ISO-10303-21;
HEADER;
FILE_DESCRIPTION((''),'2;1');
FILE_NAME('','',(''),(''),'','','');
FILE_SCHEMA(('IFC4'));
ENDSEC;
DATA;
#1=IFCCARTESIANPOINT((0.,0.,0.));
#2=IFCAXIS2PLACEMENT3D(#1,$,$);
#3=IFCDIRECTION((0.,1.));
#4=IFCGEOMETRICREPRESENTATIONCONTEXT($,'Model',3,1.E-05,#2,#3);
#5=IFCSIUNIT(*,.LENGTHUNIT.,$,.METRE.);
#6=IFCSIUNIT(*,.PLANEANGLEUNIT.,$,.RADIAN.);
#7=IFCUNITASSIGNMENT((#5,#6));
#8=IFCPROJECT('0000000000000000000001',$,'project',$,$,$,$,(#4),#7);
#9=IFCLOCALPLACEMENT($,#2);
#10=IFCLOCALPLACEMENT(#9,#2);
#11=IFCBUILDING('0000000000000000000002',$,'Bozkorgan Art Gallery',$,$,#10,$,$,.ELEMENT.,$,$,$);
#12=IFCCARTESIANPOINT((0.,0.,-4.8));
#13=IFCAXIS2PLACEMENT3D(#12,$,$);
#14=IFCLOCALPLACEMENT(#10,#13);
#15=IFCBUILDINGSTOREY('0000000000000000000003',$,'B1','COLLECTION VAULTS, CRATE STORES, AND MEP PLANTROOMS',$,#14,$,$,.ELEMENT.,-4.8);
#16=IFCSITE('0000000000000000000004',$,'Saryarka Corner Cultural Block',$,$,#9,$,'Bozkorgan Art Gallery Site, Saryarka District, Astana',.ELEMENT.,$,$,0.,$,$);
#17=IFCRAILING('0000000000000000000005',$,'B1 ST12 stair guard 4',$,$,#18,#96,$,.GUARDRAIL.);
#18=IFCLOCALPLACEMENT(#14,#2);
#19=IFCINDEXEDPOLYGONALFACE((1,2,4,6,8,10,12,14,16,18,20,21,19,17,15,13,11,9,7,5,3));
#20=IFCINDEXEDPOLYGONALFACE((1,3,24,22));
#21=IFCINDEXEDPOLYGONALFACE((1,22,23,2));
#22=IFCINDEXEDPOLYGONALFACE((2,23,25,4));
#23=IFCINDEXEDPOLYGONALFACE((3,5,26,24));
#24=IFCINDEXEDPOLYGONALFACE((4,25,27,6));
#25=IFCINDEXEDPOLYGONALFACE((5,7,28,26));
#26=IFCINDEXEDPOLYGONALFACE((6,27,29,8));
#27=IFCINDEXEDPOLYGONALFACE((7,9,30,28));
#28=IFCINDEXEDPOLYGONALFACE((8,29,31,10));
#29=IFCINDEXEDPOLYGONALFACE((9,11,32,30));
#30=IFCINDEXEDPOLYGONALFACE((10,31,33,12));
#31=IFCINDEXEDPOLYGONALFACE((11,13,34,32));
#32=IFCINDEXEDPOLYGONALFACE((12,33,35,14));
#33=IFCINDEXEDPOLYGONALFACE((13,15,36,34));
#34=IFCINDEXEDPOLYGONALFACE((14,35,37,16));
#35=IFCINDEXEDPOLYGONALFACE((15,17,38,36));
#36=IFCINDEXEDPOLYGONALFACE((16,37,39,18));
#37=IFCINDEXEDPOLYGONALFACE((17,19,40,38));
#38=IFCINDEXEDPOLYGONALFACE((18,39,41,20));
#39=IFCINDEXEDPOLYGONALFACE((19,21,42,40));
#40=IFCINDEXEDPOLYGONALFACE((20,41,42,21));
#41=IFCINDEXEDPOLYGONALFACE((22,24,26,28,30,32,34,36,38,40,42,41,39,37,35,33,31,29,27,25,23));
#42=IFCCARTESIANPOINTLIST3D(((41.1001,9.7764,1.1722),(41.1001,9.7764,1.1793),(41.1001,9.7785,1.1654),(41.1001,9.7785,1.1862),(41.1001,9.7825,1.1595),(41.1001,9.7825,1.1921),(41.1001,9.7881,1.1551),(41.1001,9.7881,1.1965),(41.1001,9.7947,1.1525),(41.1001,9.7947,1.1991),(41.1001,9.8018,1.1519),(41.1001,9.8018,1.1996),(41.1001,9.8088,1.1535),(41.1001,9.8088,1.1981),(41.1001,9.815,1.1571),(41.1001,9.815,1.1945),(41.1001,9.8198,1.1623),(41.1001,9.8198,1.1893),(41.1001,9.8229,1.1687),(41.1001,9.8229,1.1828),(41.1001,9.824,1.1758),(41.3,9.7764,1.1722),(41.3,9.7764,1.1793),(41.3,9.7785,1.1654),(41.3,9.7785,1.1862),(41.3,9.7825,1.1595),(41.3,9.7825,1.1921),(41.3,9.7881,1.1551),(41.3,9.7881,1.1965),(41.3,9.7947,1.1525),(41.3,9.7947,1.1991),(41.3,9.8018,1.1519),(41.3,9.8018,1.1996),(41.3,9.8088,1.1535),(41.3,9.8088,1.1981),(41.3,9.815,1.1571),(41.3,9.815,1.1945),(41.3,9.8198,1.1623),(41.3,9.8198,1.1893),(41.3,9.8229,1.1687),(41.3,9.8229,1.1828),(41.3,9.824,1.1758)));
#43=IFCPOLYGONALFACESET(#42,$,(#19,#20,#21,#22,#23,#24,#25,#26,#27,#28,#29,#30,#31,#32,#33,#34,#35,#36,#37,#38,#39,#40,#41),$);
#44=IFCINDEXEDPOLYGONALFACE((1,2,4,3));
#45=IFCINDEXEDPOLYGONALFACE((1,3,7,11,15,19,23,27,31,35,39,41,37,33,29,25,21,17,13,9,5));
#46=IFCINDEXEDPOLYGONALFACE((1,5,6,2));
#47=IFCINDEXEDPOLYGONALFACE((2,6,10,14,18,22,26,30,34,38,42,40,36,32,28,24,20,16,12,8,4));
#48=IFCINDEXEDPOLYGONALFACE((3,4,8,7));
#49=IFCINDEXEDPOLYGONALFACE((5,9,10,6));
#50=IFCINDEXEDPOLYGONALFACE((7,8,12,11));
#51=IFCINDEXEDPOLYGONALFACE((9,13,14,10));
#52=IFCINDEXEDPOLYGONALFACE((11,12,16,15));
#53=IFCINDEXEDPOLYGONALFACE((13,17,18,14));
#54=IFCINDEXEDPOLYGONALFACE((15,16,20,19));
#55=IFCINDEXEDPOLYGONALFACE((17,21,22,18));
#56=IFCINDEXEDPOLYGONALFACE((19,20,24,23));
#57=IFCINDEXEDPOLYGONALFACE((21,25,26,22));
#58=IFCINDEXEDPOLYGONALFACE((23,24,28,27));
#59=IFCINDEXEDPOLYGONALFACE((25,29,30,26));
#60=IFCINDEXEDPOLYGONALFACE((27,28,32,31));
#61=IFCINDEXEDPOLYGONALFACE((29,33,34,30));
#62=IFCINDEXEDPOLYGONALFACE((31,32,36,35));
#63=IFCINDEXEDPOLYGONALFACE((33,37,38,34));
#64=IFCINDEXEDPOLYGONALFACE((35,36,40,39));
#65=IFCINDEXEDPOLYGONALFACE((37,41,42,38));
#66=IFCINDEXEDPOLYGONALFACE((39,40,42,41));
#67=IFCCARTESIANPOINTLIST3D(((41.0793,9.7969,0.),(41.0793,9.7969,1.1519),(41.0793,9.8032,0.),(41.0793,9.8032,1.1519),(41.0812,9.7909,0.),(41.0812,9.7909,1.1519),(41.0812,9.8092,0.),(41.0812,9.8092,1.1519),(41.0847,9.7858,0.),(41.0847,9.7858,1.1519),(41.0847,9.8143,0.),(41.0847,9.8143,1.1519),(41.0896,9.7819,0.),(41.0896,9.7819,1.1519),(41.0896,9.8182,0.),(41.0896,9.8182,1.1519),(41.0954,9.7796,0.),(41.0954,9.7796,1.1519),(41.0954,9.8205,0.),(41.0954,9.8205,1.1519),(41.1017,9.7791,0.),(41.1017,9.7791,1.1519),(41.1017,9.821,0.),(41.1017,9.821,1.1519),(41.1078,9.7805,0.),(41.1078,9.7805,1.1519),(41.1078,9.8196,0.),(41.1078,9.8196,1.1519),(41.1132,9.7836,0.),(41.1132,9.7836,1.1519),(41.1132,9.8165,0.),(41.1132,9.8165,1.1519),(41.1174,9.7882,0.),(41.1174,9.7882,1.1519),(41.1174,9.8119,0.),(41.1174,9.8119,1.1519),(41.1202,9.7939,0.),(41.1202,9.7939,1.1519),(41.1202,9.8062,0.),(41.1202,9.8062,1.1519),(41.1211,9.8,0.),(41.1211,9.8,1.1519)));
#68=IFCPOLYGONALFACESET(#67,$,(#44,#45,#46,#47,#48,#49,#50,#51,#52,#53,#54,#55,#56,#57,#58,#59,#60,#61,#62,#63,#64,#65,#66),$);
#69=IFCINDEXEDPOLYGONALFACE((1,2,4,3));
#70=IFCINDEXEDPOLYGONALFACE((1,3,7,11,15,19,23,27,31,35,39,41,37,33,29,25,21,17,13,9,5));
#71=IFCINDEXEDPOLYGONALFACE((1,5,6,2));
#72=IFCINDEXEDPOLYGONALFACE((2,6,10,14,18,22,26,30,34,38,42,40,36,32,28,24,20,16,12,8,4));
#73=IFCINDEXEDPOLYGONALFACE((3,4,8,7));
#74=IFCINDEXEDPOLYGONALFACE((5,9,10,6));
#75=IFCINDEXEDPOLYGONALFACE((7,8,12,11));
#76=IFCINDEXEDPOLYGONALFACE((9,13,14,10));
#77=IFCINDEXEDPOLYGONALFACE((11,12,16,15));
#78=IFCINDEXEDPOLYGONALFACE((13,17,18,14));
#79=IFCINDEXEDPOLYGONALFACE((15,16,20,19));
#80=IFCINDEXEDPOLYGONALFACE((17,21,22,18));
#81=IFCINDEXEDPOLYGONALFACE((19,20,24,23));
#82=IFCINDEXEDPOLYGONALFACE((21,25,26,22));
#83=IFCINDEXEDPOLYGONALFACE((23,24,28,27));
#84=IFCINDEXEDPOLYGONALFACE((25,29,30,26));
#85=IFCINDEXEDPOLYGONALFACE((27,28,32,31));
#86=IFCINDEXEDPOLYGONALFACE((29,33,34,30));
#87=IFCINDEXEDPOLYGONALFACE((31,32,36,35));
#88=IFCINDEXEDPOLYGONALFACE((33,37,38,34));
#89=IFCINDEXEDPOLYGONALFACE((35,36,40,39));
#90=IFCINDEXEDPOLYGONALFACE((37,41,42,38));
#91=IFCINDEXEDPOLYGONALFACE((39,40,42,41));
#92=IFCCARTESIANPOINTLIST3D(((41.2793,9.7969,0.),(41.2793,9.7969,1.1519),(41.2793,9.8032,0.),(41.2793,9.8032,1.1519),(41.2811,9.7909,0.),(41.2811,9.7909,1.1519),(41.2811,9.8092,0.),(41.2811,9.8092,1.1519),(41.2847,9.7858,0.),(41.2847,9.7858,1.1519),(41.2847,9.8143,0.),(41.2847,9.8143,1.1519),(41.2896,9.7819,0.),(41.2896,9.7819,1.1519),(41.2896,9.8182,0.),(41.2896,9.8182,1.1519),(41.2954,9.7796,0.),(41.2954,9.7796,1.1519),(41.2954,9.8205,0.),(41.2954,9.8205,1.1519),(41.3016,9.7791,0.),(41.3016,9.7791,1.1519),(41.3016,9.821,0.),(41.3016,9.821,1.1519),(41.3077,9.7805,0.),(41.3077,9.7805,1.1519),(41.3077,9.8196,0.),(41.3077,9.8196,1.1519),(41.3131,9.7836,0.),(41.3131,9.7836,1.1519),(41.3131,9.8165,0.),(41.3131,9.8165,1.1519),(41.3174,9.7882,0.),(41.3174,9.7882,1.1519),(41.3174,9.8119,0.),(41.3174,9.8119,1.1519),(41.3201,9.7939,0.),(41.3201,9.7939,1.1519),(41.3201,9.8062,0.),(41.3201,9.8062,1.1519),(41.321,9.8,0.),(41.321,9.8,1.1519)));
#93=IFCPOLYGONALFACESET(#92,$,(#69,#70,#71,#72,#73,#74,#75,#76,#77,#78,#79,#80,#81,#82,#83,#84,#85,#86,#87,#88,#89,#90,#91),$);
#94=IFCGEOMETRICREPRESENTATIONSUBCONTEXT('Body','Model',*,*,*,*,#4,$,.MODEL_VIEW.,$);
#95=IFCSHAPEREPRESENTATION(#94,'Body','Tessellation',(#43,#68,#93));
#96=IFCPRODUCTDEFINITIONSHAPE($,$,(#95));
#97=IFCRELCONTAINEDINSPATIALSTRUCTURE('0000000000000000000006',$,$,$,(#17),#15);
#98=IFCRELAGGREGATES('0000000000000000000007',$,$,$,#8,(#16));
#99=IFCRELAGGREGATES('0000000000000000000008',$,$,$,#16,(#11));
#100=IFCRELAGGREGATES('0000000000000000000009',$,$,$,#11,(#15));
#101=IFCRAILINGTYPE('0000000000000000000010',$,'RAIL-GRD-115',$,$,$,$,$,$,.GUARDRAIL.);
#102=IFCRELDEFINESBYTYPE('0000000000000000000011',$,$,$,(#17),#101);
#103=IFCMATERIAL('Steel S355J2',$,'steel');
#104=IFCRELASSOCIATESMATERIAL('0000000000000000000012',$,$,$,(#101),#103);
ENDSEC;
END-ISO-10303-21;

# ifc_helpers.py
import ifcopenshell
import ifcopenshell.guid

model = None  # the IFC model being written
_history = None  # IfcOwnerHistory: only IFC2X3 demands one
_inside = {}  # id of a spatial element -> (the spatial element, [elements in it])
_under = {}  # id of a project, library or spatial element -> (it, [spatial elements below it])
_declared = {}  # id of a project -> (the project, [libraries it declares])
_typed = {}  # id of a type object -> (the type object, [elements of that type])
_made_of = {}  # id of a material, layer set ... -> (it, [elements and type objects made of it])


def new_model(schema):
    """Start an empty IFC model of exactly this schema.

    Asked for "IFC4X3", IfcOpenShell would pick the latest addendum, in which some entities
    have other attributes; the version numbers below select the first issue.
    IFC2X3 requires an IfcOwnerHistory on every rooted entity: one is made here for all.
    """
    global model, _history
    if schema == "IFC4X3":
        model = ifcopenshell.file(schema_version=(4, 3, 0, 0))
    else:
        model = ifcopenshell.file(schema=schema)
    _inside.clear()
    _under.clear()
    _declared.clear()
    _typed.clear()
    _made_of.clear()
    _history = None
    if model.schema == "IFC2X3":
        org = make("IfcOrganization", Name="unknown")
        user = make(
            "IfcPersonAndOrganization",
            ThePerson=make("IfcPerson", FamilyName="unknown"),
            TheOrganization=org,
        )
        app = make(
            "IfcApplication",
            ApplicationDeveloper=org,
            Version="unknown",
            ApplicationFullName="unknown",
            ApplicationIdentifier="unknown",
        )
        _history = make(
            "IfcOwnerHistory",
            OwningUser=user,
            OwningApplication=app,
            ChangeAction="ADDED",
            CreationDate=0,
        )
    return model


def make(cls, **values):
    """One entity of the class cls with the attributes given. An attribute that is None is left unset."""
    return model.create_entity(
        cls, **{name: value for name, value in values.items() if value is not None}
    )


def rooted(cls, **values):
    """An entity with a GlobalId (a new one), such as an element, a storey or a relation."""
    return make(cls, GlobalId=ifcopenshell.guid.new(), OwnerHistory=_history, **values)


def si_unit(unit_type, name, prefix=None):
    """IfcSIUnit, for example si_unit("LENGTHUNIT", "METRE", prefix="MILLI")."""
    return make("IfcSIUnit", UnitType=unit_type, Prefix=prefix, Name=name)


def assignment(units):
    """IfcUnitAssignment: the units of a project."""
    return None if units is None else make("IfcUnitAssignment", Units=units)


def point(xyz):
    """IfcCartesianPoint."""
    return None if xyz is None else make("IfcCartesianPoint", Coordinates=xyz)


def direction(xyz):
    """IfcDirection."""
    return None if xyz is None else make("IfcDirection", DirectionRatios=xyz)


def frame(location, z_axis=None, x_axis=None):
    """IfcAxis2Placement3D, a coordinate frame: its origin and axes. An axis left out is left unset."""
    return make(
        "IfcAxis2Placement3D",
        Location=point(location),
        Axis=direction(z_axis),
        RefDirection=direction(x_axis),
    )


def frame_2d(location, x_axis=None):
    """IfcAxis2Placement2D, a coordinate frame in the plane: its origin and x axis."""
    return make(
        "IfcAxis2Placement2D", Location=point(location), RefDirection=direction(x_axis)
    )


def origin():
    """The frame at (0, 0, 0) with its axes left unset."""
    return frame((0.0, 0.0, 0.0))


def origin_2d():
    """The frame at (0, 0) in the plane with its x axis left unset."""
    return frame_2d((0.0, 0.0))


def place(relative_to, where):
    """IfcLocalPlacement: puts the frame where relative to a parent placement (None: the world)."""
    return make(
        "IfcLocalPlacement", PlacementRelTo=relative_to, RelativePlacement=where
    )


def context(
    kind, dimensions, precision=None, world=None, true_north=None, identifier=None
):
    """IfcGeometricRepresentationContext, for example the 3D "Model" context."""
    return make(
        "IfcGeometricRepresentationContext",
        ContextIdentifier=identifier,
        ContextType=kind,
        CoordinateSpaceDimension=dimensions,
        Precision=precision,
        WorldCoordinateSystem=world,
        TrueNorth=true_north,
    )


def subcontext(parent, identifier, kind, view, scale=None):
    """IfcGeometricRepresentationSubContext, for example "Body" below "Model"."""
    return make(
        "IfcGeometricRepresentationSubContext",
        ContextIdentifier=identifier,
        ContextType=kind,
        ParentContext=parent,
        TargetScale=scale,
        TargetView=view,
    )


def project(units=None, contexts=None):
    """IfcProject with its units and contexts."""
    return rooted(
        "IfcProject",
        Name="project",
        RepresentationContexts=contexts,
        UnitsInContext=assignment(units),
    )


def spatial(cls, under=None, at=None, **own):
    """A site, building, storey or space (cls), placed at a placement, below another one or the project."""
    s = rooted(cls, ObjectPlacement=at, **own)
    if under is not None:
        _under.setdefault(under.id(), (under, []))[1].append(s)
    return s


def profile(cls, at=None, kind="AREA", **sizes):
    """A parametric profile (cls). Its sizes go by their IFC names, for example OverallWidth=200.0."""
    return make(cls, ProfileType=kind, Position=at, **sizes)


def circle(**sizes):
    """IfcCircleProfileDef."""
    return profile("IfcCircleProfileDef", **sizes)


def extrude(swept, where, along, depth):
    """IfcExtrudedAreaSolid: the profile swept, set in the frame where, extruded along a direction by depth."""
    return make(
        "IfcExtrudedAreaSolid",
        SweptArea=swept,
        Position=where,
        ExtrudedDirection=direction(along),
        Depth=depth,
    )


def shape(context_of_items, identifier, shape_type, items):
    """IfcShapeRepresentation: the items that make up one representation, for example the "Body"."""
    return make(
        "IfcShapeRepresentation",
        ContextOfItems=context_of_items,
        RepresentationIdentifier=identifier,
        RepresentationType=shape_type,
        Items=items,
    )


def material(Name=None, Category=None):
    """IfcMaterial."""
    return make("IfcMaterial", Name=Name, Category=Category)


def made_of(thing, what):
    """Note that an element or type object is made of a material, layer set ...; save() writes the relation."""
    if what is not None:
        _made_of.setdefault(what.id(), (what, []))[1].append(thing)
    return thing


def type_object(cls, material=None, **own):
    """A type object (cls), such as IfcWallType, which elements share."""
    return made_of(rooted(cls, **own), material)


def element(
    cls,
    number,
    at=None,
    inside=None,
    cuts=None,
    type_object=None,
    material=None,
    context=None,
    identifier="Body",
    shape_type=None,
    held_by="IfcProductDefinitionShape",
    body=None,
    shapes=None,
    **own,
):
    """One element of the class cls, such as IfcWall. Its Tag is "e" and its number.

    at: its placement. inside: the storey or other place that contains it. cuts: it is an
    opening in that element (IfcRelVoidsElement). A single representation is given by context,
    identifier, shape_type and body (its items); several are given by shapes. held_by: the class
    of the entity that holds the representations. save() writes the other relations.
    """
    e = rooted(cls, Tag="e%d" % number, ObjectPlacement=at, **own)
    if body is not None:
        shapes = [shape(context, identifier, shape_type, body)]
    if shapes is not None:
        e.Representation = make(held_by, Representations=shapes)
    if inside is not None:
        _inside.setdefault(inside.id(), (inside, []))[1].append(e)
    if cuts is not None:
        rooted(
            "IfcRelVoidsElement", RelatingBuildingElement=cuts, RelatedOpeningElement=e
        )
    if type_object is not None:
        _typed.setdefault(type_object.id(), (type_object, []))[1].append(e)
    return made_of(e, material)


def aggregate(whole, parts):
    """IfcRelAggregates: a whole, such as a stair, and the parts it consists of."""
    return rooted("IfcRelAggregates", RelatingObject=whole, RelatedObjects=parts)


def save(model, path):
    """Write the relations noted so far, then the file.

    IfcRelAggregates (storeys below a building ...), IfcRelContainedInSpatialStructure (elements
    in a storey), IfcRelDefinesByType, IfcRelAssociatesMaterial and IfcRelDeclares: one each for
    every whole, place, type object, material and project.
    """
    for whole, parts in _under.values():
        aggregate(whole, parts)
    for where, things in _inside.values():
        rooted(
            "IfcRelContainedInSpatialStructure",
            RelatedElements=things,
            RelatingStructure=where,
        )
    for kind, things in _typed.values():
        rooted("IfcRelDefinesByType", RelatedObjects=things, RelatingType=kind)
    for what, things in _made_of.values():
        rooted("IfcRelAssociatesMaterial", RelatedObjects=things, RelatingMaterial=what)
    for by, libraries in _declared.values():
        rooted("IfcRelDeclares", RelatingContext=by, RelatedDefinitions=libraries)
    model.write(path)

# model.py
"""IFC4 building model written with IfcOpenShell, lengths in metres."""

from ifc_helpers import new_model, si_unit, direction, frame, origin, origin_2d, place, context, subcontext, project, spatial, circle, extrude, material, type_object, element, save


model = new_model("IFC4")

# Units and contexts
model_context = context("Model", 3, precision=1e-05, world=origin(), true_north=direction((0.0, 1.0)))
body_context = subcontext(model_context, "Body", "Model", "MODEL_VIEW")
ifc_project = project(units=[si_unit("LENGTHUNIT", "METRE"), si_unit("PLANEANGLEUNIT", "RADIAN")], contexts=[model_context])

# Site, building, storey
site_placement = place(None, origin())
site = spatial("IfcSite", under=ifc_project, at=site_placement, Name="Saryarka Corner Cultural Block", LongName="Bozkorgan Art Gallery Site, Saryarka District, Astana", CompositionType="ELEMENT", RefElevation=0.0)
building_placement = place(site_placement, origin())
building = spatial("IfcBuilding", under=site, at=building_placement, Name="Bozkorgan Art Gallery", CompositionType="ELEMENT")
storey_placement = place(building_placement, frame((0.0, 0.0, -4.8)))
storey = spatial("IfcBuildingStorey", under=building, at=storey_placement, Name="B1", Description="COLLECTION VAULTS, CRATE STORES, AND MEP PLANTROOMS", CompositionType="ELEMENT", Elevation=-4.8)

# Shared definitions
ifc_material_1 = material(Name="Steel S355J2", Category="steel")

# Railing
railing_type_1 = type_object("IfcRailingType", Name="RAIL-GRD-115", PredefinedType="GUARDRAIL", material=ifc_material_1)
railing_1_placement = place(storey_placement, frame((41.1001, 9.8, 0.0)))
element("IfcRailing", 1, at=railing_1_placement, inside=storey, type_object=railing_type_1, Name="B1 ST12 stair guard 4", PredefinedType="GUARDRAIL", context=body_context, shape_type="SweptSolid", body=[
    extrude(circle(Radius=0.0239, at=origin_2d()), frame((0.0, 0.0, 1.1758), z_axis=(1.0, 0.0, 0.0), x_axis=(0.0, 1.0, 0.0)), (0.0, 0.0, 1.0), 0.2),
    extrude(circle(Radius=0.021, at=origin_2d()), origin(), (0.0, 0.0, 1.0), 1.1519),
    extrude(circle(Radius=0.021, at=origin_2d()), frame((0.2, 0.0, 0.0)), (0.0, 0.0, 1.0), 1.1519),
])

save(model, "model.ifc")
